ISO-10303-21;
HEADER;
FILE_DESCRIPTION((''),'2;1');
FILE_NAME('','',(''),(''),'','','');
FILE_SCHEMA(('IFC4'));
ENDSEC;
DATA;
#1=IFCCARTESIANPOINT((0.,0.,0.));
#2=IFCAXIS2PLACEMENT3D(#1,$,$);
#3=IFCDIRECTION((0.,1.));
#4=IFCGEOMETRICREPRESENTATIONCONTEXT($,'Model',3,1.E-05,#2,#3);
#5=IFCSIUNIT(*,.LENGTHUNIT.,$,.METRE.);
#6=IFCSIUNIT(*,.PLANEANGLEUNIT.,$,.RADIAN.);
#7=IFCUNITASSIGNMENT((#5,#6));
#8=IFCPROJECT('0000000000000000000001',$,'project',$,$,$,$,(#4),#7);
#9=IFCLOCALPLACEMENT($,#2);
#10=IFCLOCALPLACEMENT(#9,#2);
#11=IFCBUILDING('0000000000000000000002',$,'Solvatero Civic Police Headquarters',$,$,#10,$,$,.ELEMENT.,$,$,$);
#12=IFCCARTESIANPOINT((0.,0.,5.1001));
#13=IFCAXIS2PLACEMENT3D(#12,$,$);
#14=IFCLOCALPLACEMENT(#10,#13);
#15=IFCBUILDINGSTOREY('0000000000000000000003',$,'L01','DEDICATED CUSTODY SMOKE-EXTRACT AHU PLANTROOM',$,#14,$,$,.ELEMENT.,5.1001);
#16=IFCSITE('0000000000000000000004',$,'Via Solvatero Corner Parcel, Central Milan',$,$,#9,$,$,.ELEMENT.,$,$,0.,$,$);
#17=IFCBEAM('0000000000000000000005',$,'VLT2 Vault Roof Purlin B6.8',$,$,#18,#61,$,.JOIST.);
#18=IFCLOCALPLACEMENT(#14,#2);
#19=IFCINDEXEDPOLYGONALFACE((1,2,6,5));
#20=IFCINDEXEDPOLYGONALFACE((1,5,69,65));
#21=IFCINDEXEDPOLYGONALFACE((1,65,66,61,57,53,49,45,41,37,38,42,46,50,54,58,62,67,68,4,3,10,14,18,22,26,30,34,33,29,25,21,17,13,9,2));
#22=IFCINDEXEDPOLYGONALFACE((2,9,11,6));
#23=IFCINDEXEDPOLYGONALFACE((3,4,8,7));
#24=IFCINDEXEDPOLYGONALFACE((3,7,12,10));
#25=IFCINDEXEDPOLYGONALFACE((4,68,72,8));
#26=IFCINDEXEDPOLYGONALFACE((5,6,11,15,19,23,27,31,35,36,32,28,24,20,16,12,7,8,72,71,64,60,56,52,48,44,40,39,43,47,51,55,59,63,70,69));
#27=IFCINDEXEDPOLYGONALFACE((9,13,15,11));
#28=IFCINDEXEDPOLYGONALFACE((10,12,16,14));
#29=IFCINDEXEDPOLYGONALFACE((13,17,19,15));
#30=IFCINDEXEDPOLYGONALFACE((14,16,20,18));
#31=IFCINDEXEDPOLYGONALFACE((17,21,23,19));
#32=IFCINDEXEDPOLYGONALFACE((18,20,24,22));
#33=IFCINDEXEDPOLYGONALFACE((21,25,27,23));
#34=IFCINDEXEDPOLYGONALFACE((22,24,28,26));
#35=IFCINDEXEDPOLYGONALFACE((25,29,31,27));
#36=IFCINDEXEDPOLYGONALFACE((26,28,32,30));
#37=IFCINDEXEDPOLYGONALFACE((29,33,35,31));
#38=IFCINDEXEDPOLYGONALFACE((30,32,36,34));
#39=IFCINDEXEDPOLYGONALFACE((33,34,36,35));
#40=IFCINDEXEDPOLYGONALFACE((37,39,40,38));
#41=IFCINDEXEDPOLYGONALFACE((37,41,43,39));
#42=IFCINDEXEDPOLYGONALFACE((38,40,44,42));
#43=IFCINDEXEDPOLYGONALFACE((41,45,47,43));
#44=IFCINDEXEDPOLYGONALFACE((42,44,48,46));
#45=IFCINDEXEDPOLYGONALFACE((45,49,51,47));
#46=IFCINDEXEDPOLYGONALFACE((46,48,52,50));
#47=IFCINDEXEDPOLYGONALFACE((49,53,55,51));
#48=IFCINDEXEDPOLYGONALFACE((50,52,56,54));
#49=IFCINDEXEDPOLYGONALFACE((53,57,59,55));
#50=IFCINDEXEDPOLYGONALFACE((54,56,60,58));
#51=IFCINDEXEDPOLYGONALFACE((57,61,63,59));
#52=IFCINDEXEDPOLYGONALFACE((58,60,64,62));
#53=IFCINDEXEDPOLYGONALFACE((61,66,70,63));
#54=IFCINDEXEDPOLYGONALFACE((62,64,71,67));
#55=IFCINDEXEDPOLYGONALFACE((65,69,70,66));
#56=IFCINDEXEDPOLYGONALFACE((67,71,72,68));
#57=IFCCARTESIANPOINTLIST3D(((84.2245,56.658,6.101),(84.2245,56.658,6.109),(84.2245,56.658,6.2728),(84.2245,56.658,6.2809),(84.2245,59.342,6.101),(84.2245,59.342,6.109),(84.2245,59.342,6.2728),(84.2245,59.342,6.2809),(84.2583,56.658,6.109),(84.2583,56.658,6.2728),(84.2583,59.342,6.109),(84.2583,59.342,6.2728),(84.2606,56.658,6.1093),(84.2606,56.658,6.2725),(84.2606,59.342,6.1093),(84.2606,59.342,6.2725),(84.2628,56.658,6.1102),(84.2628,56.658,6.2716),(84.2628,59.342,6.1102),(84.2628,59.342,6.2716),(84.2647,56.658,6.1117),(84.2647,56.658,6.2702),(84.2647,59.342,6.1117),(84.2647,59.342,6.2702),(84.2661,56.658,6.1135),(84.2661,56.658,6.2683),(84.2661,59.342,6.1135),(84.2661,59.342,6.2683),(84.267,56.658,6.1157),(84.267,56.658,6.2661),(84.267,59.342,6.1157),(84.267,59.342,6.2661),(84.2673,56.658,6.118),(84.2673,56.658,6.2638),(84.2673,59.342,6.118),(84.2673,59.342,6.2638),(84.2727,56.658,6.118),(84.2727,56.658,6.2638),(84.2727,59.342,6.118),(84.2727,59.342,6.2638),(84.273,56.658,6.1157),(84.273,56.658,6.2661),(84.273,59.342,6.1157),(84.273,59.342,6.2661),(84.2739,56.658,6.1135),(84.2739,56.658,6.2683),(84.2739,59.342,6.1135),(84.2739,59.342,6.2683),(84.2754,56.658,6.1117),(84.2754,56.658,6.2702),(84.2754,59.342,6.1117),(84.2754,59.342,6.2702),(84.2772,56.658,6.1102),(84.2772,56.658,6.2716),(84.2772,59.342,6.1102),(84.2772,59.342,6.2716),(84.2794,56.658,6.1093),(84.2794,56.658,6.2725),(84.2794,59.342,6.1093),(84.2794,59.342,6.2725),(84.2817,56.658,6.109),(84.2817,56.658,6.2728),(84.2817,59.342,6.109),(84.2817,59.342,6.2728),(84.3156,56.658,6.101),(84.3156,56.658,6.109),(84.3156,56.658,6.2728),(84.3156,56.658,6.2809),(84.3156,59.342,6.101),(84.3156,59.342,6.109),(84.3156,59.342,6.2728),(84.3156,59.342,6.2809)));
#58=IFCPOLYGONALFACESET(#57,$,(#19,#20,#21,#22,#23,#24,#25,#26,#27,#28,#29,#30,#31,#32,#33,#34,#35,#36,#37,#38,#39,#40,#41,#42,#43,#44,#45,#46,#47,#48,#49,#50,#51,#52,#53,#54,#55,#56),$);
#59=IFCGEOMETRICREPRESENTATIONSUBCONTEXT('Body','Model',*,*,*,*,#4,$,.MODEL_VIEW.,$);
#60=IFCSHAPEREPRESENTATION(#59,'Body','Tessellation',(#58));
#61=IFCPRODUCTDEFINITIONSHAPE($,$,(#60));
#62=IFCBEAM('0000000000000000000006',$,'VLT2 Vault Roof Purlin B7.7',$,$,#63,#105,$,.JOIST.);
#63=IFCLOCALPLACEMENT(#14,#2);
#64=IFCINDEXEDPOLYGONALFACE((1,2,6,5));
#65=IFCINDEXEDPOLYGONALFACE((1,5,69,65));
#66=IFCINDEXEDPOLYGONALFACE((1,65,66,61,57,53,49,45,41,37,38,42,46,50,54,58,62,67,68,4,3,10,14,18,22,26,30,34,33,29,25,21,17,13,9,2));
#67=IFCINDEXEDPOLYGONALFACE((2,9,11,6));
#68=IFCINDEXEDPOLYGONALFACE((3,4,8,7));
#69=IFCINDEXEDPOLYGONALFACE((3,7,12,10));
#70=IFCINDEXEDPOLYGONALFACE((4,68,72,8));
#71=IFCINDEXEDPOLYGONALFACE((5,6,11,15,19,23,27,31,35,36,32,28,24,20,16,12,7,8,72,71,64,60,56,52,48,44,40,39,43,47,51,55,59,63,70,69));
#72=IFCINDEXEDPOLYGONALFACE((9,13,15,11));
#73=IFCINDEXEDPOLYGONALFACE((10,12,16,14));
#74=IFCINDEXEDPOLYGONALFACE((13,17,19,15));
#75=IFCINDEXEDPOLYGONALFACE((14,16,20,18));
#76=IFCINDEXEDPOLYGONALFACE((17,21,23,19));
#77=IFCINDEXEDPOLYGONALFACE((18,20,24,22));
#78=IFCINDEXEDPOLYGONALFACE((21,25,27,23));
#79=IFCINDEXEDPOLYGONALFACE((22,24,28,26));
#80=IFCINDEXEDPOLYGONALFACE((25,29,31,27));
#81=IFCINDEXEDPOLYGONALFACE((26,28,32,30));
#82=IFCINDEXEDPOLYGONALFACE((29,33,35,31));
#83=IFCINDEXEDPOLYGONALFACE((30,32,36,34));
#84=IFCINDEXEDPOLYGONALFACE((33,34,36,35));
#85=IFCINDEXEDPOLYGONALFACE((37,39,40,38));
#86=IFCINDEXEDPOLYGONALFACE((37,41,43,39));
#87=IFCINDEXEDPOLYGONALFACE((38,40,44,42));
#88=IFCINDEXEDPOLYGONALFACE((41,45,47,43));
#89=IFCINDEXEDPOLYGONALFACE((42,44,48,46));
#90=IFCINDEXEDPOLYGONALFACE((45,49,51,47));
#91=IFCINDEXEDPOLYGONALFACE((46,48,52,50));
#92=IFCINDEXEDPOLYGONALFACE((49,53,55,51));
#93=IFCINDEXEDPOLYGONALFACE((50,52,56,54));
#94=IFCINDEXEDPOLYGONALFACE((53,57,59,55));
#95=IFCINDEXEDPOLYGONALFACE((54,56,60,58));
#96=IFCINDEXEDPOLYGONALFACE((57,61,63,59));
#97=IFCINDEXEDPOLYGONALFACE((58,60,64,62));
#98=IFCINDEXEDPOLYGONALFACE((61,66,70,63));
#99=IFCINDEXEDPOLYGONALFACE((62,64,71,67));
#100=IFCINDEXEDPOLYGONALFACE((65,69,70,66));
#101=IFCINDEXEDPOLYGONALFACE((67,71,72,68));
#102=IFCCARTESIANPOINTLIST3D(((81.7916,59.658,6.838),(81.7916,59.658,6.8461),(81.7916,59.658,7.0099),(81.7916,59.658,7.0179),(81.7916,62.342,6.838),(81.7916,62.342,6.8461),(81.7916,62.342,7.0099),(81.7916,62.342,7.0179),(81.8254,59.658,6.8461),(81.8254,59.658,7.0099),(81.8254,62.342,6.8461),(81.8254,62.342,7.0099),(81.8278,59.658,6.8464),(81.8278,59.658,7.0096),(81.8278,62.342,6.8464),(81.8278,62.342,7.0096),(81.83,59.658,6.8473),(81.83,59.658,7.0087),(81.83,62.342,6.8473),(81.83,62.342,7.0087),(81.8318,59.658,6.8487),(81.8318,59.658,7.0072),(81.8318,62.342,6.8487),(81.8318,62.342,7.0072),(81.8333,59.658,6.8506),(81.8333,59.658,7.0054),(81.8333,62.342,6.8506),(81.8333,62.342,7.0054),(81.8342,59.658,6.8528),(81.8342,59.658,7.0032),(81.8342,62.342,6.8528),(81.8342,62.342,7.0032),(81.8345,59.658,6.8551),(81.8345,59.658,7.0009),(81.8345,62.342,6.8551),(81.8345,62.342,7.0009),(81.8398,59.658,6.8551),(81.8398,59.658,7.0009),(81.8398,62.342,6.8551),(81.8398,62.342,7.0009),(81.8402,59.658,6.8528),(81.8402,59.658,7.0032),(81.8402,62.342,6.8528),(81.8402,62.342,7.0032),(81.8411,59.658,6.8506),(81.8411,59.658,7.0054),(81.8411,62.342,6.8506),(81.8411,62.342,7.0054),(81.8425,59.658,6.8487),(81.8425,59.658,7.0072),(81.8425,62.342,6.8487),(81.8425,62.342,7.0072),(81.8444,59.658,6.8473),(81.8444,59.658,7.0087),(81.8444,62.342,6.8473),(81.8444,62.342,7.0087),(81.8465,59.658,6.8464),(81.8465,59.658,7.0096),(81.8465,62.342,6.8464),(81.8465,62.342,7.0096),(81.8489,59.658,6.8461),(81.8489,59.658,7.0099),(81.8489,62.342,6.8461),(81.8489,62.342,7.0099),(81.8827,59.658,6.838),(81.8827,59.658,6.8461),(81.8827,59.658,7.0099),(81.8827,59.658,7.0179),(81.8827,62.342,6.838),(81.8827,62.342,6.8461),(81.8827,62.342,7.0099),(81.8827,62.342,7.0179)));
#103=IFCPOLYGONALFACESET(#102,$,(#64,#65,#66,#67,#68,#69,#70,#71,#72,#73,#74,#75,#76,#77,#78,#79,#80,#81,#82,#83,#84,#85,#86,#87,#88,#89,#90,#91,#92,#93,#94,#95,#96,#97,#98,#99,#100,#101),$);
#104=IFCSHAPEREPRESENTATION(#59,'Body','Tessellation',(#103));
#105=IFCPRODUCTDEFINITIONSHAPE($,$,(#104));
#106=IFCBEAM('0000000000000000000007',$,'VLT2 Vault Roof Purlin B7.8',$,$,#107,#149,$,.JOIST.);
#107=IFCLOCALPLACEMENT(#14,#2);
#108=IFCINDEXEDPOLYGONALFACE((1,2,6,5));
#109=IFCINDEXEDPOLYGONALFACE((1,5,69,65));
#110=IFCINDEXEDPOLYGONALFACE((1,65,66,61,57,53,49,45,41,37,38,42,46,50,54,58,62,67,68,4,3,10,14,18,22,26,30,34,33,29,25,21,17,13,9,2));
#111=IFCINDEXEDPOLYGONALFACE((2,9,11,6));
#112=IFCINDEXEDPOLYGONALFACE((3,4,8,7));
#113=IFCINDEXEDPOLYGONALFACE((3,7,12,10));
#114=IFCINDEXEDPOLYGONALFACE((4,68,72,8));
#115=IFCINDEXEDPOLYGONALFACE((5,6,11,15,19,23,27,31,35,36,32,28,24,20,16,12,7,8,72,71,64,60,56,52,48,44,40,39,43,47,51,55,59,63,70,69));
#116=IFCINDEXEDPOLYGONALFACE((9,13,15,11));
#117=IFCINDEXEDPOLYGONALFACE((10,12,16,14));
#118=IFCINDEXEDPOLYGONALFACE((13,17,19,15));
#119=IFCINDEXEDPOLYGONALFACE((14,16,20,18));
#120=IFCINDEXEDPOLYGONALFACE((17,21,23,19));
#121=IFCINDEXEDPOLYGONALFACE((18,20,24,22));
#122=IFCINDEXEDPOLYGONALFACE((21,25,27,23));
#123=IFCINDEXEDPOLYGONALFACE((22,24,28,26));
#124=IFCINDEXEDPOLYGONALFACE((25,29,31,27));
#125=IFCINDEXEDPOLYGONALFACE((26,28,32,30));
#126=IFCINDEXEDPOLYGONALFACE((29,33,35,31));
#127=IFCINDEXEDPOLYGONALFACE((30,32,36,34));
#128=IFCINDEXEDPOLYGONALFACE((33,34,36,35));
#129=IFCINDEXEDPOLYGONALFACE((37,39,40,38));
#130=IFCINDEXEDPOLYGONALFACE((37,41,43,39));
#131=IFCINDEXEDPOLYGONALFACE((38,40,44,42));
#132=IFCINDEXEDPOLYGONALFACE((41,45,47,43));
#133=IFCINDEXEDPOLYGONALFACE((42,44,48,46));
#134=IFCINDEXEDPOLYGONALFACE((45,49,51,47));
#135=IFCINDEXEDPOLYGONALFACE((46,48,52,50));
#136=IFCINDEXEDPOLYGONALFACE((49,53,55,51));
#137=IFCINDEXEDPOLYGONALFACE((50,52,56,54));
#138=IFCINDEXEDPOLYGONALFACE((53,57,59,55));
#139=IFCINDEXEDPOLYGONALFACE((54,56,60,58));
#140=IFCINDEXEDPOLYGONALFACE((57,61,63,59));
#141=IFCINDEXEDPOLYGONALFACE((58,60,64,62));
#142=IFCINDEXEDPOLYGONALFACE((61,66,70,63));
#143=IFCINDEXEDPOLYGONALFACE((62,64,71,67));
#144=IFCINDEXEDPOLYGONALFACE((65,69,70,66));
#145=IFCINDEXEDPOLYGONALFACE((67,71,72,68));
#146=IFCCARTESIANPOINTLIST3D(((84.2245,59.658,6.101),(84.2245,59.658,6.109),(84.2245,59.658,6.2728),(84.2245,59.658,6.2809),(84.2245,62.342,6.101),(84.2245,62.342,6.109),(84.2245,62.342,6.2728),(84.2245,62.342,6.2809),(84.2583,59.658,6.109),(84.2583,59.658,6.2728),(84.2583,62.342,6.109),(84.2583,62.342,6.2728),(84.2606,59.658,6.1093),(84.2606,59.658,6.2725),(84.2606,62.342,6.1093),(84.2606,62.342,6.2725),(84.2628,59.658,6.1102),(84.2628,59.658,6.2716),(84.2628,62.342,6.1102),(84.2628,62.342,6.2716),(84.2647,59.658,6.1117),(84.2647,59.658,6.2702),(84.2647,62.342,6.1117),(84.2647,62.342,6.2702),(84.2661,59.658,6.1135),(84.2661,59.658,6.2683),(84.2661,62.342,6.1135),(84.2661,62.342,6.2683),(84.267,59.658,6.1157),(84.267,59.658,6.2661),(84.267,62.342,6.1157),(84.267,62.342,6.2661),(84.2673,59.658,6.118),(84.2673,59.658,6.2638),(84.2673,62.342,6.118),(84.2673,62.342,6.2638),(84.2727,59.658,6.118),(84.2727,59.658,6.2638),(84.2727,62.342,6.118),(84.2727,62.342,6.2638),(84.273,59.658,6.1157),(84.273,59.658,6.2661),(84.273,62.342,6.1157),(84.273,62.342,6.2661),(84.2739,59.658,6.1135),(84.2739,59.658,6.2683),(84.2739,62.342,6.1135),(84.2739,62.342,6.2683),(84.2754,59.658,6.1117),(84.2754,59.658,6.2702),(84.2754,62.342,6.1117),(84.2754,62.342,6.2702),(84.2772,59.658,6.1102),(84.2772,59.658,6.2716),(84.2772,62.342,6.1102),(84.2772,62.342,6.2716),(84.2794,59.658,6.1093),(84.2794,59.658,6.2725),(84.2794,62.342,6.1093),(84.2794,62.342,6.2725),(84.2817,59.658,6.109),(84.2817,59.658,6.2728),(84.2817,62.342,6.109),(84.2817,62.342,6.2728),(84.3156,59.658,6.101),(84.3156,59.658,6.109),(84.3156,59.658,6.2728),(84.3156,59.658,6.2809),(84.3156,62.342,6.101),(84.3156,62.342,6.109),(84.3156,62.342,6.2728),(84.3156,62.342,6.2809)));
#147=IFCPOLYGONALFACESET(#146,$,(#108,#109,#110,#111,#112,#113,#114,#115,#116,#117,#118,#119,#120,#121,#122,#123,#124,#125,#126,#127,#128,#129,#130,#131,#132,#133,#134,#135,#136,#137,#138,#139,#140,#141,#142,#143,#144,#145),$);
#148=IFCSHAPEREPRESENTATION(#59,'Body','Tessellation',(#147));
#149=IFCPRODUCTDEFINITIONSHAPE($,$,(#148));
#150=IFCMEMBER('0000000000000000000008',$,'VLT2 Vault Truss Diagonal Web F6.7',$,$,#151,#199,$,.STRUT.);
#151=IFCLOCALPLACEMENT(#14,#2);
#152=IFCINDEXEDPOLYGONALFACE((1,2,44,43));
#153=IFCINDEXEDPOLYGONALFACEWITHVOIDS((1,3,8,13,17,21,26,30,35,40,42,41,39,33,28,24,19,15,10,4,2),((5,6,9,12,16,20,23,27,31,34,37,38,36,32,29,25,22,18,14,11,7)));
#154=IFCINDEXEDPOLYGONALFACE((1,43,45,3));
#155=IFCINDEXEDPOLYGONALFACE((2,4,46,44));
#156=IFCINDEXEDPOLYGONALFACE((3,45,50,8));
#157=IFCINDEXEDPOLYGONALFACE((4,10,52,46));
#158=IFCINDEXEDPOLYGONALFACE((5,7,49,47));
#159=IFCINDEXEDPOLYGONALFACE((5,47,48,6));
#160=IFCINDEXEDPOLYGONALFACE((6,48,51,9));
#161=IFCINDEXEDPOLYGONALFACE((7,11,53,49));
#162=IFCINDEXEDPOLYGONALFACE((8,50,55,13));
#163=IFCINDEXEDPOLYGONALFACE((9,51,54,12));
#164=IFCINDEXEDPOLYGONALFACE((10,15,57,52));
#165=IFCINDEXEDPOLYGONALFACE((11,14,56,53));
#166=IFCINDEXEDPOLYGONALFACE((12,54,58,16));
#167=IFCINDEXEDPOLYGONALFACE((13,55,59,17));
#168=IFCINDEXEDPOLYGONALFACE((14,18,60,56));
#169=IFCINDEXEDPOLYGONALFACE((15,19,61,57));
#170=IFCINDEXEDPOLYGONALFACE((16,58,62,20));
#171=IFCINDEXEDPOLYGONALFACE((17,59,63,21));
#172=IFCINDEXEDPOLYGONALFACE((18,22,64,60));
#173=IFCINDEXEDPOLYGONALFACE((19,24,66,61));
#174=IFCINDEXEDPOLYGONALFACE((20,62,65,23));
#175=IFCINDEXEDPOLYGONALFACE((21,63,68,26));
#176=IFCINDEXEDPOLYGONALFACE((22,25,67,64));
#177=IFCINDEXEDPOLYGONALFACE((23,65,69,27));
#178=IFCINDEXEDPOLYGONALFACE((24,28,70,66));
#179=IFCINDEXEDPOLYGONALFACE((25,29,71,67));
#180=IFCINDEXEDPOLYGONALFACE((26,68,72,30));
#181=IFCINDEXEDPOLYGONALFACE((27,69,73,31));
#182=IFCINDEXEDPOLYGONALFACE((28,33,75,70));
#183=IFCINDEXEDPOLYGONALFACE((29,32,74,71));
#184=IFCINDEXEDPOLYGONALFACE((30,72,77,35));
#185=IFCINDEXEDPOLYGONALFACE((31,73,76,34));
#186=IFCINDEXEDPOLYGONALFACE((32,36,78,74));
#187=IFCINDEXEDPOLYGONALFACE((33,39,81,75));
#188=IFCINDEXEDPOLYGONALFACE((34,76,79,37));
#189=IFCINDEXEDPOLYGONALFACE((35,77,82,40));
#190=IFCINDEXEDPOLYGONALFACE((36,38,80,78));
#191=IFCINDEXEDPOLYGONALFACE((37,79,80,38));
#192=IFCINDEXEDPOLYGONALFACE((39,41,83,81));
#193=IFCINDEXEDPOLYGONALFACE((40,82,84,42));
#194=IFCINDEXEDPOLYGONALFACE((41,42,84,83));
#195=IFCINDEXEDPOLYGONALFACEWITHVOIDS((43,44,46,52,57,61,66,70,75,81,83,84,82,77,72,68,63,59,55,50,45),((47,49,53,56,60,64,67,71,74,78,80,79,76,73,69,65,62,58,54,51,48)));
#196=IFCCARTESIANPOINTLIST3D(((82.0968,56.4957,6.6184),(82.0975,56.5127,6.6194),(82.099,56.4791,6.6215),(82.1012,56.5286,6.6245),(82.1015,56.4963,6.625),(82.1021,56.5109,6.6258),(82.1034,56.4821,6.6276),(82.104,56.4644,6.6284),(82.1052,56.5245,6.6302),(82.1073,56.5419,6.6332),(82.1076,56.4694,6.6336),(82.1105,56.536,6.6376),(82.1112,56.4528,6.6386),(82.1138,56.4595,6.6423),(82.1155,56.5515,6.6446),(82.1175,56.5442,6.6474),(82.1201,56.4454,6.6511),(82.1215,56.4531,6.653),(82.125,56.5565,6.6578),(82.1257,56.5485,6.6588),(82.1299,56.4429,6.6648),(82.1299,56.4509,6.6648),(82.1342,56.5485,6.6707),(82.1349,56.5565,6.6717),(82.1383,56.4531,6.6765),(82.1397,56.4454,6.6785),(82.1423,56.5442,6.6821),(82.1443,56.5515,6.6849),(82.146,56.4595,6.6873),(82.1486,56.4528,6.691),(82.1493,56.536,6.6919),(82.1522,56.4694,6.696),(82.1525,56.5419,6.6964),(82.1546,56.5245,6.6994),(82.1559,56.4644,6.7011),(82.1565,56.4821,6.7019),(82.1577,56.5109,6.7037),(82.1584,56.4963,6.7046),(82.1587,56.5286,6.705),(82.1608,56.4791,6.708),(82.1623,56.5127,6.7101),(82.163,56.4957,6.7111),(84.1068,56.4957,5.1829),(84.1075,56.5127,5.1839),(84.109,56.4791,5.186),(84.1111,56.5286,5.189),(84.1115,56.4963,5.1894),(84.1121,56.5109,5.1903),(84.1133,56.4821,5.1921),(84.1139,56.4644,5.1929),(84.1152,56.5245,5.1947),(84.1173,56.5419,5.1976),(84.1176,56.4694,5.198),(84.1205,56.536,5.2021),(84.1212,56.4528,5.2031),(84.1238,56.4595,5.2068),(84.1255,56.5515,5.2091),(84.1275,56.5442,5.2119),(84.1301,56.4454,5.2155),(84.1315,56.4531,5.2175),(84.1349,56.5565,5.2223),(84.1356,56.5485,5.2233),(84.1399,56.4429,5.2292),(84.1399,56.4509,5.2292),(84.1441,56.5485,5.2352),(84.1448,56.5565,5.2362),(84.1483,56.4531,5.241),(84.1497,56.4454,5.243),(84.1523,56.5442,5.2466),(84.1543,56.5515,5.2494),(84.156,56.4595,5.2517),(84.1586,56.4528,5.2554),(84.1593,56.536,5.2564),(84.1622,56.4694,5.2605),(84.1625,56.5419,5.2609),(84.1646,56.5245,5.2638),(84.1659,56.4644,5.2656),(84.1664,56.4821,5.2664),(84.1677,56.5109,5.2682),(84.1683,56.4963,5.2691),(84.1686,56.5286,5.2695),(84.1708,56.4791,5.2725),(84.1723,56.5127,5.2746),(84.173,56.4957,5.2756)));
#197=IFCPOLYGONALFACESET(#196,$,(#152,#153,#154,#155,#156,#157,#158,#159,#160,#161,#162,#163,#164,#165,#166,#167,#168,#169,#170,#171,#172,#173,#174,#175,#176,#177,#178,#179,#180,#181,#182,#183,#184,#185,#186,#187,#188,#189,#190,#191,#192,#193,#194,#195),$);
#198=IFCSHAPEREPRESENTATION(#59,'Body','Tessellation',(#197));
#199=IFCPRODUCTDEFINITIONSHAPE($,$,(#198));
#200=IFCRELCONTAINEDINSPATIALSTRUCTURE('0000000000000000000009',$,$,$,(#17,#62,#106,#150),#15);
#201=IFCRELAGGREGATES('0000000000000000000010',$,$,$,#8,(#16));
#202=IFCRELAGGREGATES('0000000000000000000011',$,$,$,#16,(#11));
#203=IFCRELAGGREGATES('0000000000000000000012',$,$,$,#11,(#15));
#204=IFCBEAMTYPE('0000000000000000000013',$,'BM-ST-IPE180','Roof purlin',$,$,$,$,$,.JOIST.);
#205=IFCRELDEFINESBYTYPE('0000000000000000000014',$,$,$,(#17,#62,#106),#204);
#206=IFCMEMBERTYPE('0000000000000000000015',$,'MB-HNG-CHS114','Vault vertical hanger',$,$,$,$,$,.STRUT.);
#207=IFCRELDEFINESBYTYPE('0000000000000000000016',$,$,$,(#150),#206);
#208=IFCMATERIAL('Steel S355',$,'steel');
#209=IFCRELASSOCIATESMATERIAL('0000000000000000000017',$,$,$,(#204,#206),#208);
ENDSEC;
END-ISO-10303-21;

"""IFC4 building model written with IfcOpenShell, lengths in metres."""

from ifc_helpers import new_model, si_unit, direction, frame, origin, origin_2d, place, context, subcontext, project, spatial, hollow_circle, i_section, extrude, material, material_profile, profile_set, type_object, element, save


model = new_model("IFC4")

# Units and contexts
model_context = context("Model", 3, precision=1e-05, world=origin(), true_north=direction((0.0, 1.0)))
body_context = subcontext(model_context, "Body", "Model", "MODEL_VIEW")
ifc_project = project(units=[si_unit("LENGTHUNIT", "METRE"), si_unit("PLANEANGLEUNIT", "RADIAN")], contexts=[model_context])

# Site, building, storey
site_placement = place(None, origin())
site = spatial("IfcSite", under=ifc_project, at=site_placement, Name="Via Solvatero Corner Parcel, Central Milan", CompositionType="ELEMENT", RefElevation=0.0)
building_placement = place(site_placement, origin())
building = spatial("IfcBuilding", under=site, at=building_placement, Name="Solvatero Civic Police Headquarters", CompositionType="ELEMENT")
storey_placement = place(building_placement, frame((0.0, 0.0, 5.1001)))
storey = spatial("IfcBuildingStorey", under=building, at=storey_placement, Name="L01", Description="DEDICATED CUSTODY SMOKE-EXTRACT AHU PLANTROOM", CompositionType="ELEMENT", Elevation=5.1001)

# Beams
ifc_material_1 = material(Name="Steel S355", Category="steel")
ifc_material_profile_1 = material_profile(ifc_material_1, i_section(OverallWidth=0.0911, OverallDepth=0.1799, WebThickness=0.0054, FlangeThickness=0.0081, FilletRadius=0.009, at=origin_2d()), Name="IPE 180")
ifc_profile_set_1 = profile_set([ifc_material_profile_1], Name="Steel S355")
beam_type_1 = type_object("IfcBeamType", Name="BM-ST-IPE180", Description="Roof purlin", PredefinedType="JOIST", material=ifc_profile_set_1)
for number, where, z_axis, x_axis, name in (
    (1, (84.27, 56.658, 6.1909), (0.0, 1.0, 0.0), (-1.0, 0.0, 0.0), "VLT2 Vault Roof Purlin B6.8"),
    (2, (81.8372, 59.658, 6.928), (0.0, 1.0, 0.0), (-1.0, 0.0, 0.0), "VLT2 Vault Roof Purlin B7.7"),
    (3, (84.27, 59.658, 6.1909), (0.0, 1.0, 0.0), (-1.0, 0.0, 0.0), "VLT2 Vault Roof Purlin B7.8"),
):
    element("IfcBeam", number, at=place(storey_placement, frame(where, z_axis=z_axis, x_axis=x_axis)), inside=storey, type_object=beam_type_1, Name=name, PredefinedType="JOIST", context=body_context, shape_type="SweptSolid", body=[
        extrude(i_section(OverallWidth=0.0911, OverallDepth=0.1799, WebThickness=0.0054, FlangeThickness=0.0081, FilletRadius=0.009, at=origin_2d()), origin(), (0.0, 0.0, 1.0), 2.6841),
    ])

# Member
ifc_material_profile_2 = material_profile(ifc_material_1, hollow_circle(Radius=0.0571, WallThickness=0.0081, at=origin_2d()), Name="CHS 114.3x8.0")
ifc_profile_set_2 = profile_set([ifc_material_profile_2], Name="Steel S355")
member_type_1 = type_object("IfcMemberType", Name="MB-HNG-CHS114", Description="Vault vertical hanger", PredefinedType="STRUT", material=ifc_profile_set_2)
member_1_placement = place(storey_placement, frame((84.1399, 56.5, 5.2292), z_axis=(-0.813767, 0.0, 0.581191), x_axis=(0.0, -1.0, 0.0)))
element("IfcMember", 4, at=member_1_placement, inside=storey, type_object=member_type_1, Name="VLT2 Vault Truss Diagonal Web F6.7", PredefinedType="STRUT", context=body_context, shape_type="SweptSolid", body=[
    extrude(hollow_circle(Radius=0.0571, WallThickness=0.0081, at=origin_2d()), origin(), (0.0, 0.0, 1.0), 2.47),
])

save(model, "model.ifc")
